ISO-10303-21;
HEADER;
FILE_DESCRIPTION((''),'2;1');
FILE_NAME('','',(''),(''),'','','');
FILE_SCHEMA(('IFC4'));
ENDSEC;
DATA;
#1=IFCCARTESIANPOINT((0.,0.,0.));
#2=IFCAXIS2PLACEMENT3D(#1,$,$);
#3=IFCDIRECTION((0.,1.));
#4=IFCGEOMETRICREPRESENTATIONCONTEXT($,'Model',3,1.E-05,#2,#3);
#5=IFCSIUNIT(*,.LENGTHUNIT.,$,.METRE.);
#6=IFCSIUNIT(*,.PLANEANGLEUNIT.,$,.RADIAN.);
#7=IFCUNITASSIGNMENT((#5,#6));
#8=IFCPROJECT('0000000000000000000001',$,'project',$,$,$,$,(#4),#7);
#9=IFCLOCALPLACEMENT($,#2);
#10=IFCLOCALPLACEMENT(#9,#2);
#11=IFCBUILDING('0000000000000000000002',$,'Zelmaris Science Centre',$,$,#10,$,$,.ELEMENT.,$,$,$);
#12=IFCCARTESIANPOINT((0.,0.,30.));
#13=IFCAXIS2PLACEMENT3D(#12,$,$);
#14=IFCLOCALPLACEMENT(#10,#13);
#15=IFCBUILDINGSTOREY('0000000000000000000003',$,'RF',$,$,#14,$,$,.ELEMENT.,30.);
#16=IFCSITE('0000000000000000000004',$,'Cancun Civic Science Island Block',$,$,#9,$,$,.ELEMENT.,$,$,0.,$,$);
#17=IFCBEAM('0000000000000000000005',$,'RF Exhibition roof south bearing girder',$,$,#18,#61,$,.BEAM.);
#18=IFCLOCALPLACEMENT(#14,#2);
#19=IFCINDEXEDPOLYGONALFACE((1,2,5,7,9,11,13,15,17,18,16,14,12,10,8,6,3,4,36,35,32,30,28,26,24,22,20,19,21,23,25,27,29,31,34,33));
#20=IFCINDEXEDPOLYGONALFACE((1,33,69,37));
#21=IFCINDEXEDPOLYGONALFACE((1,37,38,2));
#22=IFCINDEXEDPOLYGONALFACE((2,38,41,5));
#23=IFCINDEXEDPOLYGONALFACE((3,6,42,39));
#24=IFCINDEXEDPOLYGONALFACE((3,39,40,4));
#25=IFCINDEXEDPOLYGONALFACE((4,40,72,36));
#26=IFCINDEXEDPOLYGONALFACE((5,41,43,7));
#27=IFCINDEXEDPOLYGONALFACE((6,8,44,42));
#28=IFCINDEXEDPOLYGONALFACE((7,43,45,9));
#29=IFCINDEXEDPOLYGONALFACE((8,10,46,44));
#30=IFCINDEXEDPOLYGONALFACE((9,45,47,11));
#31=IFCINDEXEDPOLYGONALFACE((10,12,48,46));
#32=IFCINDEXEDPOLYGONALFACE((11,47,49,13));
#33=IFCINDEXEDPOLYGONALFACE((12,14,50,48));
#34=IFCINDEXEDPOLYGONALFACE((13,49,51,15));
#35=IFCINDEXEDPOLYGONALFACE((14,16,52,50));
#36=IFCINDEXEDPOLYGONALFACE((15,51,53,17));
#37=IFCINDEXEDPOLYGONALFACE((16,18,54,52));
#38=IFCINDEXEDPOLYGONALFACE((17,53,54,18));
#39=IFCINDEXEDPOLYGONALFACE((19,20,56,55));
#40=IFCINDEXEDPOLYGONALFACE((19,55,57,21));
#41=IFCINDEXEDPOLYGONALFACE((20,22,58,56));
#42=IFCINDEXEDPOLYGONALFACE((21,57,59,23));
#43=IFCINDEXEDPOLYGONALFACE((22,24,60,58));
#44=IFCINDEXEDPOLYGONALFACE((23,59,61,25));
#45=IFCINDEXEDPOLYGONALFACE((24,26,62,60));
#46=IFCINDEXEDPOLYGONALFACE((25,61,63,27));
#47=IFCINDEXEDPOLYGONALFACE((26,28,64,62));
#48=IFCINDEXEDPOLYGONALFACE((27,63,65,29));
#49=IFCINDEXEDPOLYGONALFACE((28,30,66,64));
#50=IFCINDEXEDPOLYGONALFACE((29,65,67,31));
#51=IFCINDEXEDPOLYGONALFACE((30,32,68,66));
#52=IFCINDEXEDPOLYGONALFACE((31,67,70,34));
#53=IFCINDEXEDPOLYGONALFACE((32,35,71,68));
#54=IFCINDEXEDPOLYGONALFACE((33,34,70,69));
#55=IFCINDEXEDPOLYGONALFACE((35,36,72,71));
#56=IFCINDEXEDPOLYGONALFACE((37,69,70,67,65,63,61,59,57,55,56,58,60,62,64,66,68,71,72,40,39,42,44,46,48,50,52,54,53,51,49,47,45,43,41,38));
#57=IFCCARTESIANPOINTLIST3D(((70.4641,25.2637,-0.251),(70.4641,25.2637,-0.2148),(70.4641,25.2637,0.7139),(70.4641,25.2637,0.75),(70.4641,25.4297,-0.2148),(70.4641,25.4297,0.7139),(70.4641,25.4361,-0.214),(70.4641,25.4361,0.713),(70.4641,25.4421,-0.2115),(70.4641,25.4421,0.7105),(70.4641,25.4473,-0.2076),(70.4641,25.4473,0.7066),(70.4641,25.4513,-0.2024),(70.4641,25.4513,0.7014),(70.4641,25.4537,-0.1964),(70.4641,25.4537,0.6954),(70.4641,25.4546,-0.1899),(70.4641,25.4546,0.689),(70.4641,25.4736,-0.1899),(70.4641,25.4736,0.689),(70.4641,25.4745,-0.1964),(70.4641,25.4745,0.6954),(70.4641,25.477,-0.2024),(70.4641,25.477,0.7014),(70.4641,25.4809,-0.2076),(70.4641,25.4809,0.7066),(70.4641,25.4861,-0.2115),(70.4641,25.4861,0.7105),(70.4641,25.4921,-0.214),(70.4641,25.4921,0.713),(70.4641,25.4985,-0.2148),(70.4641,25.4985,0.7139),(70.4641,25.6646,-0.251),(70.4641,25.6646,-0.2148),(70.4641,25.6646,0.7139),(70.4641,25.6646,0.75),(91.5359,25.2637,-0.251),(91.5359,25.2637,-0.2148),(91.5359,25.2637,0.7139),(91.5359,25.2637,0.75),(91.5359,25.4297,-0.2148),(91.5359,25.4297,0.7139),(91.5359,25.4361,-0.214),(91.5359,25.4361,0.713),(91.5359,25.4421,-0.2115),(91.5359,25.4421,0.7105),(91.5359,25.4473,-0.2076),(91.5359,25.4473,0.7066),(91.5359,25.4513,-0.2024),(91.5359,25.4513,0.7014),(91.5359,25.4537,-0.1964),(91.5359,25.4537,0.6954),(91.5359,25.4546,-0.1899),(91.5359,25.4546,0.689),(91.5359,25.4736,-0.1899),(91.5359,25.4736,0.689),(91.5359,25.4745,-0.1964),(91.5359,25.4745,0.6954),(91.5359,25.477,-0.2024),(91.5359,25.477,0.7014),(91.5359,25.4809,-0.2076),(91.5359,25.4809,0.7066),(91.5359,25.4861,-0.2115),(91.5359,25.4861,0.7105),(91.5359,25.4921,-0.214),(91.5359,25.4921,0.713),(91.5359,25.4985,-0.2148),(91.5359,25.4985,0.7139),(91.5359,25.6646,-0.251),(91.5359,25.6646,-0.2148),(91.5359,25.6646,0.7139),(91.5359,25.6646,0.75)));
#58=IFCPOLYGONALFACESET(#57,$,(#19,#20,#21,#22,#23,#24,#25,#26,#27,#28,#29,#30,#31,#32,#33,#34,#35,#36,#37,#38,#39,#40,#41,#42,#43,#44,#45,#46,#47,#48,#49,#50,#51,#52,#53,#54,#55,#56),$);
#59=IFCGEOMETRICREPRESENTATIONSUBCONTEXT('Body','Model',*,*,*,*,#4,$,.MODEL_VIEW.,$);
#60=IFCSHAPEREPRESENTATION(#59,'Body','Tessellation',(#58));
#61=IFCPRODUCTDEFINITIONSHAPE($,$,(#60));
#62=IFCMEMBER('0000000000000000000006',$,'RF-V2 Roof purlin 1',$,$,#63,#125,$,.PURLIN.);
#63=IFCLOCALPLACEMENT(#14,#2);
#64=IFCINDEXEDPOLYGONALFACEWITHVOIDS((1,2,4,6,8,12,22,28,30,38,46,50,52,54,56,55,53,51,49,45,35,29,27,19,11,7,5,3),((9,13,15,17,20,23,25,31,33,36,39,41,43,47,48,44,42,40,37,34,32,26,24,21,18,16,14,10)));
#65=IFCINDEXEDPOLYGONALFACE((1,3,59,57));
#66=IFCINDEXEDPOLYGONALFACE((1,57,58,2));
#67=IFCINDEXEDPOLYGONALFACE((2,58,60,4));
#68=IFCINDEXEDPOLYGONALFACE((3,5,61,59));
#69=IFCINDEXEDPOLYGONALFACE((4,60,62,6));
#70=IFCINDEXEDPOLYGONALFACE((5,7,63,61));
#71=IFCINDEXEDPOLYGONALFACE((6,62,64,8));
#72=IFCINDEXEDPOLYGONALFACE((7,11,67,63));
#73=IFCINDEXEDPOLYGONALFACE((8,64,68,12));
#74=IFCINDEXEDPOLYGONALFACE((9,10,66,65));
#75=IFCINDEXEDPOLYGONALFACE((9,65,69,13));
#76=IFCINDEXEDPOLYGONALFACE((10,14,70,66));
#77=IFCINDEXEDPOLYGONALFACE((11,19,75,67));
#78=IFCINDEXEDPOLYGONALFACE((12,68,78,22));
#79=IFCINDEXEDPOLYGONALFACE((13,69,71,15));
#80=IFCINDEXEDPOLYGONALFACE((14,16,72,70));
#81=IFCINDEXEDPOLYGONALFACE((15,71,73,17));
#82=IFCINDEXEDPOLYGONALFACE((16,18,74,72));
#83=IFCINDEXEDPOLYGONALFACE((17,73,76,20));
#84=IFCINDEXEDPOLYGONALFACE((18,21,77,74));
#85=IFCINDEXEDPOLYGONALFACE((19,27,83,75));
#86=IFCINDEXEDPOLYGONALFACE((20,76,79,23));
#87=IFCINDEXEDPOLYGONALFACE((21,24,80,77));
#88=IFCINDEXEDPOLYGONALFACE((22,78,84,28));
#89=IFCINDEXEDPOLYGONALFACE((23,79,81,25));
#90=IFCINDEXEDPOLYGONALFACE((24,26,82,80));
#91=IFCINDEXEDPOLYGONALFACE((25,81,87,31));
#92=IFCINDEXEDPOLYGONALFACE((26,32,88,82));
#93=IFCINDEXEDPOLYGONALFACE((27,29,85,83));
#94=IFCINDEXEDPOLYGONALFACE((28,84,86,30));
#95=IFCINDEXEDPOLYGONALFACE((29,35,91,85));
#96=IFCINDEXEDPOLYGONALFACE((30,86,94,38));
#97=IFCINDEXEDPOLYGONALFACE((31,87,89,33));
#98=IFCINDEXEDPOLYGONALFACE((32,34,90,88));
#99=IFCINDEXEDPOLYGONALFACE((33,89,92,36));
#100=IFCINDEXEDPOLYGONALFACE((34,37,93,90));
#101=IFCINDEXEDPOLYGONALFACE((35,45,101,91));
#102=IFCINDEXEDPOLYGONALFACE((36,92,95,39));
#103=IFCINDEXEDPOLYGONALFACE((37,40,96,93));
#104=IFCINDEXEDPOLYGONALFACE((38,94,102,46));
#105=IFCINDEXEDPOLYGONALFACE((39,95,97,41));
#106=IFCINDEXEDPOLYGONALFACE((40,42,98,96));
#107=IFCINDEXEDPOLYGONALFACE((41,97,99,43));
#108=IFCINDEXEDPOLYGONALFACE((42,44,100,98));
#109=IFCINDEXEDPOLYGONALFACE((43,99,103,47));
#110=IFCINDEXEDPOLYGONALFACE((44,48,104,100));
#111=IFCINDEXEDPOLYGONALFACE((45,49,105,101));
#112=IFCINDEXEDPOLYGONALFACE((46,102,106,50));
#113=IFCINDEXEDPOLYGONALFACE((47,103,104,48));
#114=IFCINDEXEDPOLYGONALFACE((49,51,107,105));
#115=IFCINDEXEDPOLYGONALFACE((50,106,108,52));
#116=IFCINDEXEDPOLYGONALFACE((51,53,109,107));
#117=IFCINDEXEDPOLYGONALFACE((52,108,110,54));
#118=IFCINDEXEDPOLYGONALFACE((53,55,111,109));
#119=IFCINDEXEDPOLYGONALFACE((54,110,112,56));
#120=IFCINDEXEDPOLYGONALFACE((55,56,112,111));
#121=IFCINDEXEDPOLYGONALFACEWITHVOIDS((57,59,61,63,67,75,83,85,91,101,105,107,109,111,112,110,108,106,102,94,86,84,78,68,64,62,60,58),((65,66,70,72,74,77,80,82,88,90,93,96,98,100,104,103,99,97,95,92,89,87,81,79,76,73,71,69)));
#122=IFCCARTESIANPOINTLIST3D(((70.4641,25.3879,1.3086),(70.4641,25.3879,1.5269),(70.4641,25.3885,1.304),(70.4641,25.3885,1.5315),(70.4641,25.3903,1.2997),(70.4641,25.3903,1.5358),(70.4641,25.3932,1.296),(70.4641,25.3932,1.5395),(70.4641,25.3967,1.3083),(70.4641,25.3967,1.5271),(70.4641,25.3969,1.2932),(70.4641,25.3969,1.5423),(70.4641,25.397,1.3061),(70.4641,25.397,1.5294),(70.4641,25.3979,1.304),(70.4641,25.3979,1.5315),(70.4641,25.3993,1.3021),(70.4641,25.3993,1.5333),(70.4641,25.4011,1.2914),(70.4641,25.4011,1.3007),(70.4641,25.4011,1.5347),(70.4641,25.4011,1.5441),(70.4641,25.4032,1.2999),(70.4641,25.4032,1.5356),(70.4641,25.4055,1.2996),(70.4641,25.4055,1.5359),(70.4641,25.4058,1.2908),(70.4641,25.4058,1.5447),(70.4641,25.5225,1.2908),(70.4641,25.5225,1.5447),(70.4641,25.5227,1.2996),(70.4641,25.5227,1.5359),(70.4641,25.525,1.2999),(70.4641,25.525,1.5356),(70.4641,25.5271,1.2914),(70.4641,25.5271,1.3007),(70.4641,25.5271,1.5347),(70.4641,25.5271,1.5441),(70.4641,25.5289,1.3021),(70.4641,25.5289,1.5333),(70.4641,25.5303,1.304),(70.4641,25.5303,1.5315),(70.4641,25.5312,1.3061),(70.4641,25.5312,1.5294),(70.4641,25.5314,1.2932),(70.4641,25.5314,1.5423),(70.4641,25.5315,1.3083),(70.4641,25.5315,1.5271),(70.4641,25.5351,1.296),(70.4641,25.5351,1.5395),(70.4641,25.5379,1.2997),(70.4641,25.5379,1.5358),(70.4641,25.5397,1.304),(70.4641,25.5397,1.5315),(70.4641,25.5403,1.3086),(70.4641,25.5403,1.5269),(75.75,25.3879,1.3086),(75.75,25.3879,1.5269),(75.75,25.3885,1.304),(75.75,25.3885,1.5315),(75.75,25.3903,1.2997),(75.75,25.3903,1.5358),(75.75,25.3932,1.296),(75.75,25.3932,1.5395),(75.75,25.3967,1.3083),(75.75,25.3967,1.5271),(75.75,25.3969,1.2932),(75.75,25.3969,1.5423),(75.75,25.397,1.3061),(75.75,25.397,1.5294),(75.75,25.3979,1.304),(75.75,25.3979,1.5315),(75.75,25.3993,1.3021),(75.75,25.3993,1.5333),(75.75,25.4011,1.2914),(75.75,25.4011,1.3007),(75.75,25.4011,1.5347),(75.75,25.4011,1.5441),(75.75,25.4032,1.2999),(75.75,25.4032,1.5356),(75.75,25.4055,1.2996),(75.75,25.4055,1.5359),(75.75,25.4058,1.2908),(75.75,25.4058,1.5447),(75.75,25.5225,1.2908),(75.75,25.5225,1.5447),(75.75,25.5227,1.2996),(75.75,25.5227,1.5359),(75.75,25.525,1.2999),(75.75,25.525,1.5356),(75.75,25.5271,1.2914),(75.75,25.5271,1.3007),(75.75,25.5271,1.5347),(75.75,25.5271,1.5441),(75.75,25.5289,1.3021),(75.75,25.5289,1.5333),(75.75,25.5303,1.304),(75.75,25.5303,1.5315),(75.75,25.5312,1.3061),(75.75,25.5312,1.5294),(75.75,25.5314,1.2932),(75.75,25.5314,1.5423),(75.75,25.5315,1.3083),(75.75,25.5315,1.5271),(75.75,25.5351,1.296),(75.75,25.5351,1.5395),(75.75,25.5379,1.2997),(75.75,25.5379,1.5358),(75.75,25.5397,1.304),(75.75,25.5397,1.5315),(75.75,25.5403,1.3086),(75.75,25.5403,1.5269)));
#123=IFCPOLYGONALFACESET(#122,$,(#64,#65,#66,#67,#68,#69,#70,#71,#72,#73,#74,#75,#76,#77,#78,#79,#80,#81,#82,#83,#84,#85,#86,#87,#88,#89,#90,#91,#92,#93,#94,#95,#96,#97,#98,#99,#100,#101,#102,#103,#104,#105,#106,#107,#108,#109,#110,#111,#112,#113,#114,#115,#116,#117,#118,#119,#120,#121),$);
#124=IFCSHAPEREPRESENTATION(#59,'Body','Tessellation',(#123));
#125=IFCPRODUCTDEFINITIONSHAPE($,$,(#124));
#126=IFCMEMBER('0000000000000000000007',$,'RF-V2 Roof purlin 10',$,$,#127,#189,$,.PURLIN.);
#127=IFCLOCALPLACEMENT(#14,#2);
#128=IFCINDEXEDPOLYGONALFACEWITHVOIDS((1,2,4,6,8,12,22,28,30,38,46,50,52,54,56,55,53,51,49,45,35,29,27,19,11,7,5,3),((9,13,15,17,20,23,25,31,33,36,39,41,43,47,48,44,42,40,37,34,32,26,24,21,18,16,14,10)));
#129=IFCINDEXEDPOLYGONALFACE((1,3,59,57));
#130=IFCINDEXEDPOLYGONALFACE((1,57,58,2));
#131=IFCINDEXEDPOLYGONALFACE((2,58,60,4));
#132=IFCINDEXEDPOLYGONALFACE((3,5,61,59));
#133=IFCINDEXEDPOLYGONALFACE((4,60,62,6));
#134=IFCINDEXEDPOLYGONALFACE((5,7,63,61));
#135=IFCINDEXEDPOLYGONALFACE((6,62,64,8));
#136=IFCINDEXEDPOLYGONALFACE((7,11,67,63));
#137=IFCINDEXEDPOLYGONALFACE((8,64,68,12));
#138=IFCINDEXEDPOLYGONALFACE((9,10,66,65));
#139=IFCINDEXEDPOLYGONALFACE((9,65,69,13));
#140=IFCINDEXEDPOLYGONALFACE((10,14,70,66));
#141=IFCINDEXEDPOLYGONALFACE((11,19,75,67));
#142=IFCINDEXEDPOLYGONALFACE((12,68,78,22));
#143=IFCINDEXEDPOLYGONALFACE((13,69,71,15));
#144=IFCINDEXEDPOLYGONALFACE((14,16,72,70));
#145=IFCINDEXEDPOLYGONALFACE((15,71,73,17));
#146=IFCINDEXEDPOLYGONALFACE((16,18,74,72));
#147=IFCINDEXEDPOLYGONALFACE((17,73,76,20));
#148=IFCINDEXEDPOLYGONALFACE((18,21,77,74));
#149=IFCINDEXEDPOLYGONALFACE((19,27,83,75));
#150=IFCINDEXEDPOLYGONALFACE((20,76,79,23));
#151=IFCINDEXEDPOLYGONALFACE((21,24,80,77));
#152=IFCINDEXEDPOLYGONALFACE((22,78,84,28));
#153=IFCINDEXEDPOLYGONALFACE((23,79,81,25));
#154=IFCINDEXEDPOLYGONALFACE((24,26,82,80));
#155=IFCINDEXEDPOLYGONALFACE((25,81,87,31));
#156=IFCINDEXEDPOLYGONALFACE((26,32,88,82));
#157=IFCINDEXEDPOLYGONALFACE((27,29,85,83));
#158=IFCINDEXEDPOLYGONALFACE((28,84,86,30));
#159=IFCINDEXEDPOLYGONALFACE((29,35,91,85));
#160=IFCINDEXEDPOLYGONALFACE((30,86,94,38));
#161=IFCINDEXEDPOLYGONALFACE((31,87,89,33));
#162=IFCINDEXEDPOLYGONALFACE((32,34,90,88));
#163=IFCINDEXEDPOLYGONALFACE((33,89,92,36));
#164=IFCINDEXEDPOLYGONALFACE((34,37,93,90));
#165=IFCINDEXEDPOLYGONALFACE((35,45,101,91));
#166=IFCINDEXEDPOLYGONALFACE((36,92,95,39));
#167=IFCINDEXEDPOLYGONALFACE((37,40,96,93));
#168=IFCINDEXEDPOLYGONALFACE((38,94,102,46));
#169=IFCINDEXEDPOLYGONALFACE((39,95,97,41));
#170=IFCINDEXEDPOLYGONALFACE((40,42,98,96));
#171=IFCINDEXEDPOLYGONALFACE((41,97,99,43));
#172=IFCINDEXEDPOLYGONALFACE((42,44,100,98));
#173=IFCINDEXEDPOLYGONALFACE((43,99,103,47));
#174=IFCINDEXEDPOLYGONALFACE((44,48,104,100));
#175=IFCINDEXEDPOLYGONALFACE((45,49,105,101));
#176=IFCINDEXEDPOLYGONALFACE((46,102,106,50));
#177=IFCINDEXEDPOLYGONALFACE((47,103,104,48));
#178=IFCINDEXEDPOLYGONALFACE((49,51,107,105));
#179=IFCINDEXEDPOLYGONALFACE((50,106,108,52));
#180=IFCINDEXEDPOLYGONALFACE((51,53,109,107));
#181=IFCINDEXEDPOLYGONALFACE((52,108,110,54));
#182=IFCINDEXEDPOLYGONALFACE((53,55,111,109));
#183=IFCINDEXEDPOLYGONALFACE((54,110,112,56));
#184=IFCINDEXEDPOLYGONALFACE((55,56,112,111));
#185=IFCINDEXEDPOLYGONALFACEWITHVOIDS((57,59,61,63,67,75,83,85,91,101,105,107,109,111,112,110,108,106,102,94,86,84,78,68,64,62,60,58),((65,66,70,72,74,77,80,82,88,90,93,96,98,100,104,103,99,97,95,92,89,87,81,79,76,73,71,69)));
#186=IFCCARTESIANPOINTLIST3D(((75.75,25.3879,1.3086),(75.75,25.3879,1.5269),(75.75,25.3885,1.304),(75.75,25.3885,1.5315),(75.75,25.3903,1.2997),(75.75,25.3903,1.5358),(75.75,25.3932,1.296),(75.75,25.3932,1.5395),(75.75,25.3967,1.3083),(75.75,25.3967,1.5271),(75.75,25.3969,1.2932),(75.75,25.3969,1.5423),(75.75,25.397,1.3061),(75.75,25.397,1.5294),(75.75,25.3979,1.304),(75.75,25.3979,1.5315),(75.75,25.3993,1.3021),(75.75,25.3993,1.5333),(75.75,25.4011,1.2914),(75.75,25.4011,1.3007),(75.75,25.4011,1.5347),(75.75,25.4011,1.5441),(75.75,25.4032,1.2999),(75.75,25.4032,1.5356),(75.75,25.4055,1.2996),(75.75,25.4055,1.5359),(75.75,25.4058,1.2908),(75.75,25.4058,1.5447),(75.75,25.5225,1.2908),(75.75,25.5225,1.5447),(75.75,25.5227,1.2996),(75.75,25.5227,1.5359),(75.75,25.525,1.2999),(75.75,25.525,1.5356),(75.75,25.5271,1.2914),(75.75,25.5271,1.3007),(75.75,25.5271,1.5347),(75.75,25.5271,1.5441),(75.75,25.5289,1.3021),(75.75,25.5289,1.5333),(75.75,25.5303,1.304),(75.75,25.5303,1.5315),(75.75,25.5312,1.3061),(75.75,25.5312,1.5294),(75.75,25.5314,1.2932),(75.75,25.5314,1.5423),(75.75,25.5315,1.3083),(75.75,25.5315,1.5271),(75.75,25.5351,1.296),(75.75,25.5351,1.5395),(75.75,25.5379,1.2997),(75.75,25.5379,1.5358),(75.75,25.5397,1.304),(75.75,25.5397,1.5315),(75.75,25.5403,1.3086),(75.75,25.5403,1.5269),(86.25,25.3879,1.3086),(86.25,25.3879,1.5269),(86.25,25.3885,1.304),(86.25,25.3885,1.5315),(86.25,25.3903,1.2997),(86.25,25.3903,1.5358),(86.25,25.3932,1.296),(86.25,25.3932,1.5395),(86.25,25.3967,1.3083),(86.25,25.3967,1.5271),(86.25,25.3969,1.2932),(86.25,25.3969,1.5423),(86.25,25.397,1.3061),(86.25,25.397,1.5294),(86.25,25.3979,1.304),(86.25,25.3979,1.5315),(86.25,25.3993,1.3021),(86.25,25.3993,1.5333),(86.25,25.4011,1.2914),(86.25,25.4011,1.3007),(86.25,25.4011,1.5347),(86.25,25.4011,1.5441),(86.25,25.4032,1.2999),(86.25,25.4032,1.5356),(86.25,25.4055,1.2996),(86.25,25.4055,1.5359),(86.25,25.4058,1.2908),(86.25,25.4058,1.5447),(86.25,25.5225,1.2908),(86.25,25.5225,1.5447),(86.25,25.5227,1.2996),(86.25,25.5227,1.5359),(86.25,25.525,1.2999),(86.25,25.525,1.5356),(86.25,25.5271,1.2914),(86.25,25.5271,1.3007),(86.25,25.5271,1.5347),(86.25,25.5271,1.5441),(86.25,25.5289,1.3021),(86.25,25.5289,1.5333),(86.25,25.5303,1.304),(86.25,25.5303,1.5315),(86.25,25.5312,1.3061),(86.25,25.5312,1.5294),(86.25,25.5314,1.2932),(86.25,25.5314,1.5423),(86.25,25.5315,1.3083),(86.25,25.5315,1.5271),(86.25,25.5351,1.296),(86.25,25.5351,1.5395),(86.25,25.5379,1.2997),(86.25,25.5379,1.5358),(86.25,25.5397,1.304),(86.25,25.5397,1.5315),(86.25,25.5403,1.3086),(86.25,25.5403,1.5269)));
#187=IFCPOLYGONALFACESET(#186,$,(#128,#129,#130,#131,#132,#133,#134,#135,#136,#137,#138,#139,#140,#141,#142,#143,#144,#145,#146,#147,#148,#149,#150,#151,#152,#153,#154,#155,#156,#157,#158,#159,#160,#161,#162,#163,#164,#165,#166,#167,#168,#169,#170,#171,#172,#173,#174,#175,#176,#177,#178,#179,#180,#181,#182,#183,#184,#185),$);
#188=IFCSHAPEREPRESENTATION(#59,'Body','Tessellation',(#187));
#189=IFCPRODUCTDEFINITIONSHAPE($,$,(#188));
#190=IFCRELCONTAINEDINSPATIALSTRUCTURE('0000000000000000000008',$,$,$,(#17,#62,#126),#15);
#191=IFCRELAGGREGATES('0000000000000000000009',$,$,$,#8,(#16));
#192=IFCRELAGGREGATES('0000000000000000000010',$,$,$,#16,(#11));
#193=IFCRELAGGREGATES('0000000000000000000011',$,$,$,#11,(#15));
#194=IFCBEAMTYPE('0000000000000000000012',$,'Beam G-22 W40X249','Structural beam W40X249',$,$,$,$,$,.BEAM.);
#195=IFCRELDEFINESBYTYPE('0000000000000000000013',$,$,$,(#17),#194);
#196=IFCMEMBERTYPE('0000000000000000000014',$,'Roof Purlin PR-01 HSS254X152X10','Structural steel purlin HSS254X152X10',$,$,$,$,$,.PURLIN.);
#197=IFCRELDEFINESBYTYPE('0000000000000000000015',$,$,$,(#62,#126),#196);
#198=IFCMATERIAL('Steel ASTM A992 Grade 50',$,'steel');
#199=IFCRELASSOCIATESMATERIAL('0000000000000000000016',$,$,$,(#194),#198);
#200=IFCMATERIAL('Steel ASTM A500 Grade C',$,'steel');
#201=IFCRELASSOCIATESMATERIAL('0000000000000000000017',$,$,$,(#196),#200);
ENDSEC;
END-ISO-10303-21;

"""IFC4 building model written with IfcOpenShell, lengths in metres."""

from ifc_helpers import new_model, si_unit, direction, frame, origin, origin_2d, place, context, subcontext, project, spatial, hollow_rectangle, i_section, extrude, material, material_profile, profile_set, type_object, element, save


model = new_model("IFC4")

# Units and contexts
model_context = context("Model", 3, precision=1e-05, world=origin(), true_north=direction((0.0, 1.0)))
body_context = subcontext(model_context, "Body", "Model", "MODEL_VIEW")
ifc_project = project(units=[si_unit("LENGTHUNIT", "METRE"), si_unit("PLANEANGLEUNIT", "RADIAN")], contexts=[model_context])

# Site, building, storey
site_placement = place(None, origin())
site = spatial("IfcSite", under=ifc_project, at=site_placement, Name="Cancun Civic Science Island Block", CompositionType="ELEMENT", RefElevation=0.0)
building_placement = place(site_placement, origin())
building = spatial("IfcBuilding", under=site, at=building_placement, Name="Zelmaris Science Centre", CompositionType="ELEMENT")
storey_placement = place(building_placement, frame((0.0, 0.0, 30.0)))
storey = spatial("IfcBuildingStorey", under=building, at=storey_placement, Name="RF", CompositionType="ELEMENT", Elevation=30.0)

# Beam
ifc_material_1 = material(Name="Steel ASTM A500 Grade C", Category="steel")
ifc_material_2 = material(Name="Steel ASTM A992 Grade 50", Category="steel")
ifc_material_profile_1 = material_profile(ifc_material_2, i_section(OverallWidth=0.4009, OverallDepth=1.001, WebThickness=0.019, FlangeThickness=0.0361, FilletRadius=0.0249, at=origin_2d()), Name="W40X249")
ifc_profile_set_1 = profile_set([ifc_material_profile_1], Name="Steel ASTM A992 Grade 50")
beam_type_1 = type_object("IfcBeamType", Name="Beam G-22 W40X249", Description="Structural beam W40X249", PredefinedType="BEAM", material=ifc_profile_set_1)
beam_placement = place(storey_placement, frame((70.4641, 25.4641, 0.2495), z_axis=(1.0, 0.0, 0.0), x_axis=(0.0, 1.0, 0.0)))
element("IfcBeam", 1, at=beam_placement, inside=storey, type_object=beam_type_1, Name="RF Exhibition roof south bearing girder", PredefinedType="BEAM", context=body_context, shape_type="SweptSolid", body=[
    extrude(i_section(OverallWidth=0.4009, OverallDepth=1.001, WebThickness=0.019, FlangeThickness=0.0361, FilletRadius=0.0249, at=origin_2d()), origin(), (0.0, 0.0, 1.0), 21.0718),
])

# Members
ifc_material_profile_2 = material_profile(ifc_material_1, hollow_rectangle(XDim=0.1523, YDim=0.2539, WallThickness=0.0088, InnerFilletRadius=0.0088, OuterFilletRadius=0.0178, at=origin_2d()), Name="HSS254X152X10")
ifc_profile_set_2 = profile_set([ifc_material_profile_2], Name="Steel ASTM A500 Grade C")
member_type_1 = type_object("IfcMemberType", Name="Roof Purlin PR-01 HSS254X152X10", Description="Structural steel purlin HSS254X152X10", PredefinedType="PURLIN", material=ifc_profile_set_2)
member_1_placement = place(storey_placement, frame((70.4641, 25.4641, 1.4177), z_axis=(1.0, 0.0, 0.0), x_axis=(0.0, 1.0, 0.0)))
element("IfcMember", 2, at=member_1_placement, inside=storey, type_object=member_type_1, Name="RF-V2 Roof purlin 1", PredefinedType="PURLIN", context=body_context, shape_type="SweptSolid", body=[
    extrude(hollow_rectangle(XDim=0.1523, YDim=0.2539, WallThickness=0.0088, InnerFilletRadius=0.0088, OuterFilletRadius=0.0178, at=origin_2d()), origin(), (0.0, 0.0, 1.0), 5.2859),
])
member_2_placement = place(storey_placement, frame((75.75, 25.4641, 1.4177), z_axis=(1.0, 0.0, 0.0), x_axis=(0.0, 1.0, 0.0)))
element("IfcMember", 3, at=member_2_placement, inside=storey, type_object=member_type_1, Name="RF-V2 Roof purlin 10", PredefinedType="PURLIN", context=body_context, shape_type="SweptSolid", body=[
    extrude(hollow_rectangle(XDim=0.1523, YDim=0.2539, WallThickness=0.0088, InnerFilletRadius=0.0088, OuterFilletRadius=0.0178, at=origin_2d()), origin(), (0.0, 0.0, 1.0), 10.5),
])

save(model, "model.ifc")
